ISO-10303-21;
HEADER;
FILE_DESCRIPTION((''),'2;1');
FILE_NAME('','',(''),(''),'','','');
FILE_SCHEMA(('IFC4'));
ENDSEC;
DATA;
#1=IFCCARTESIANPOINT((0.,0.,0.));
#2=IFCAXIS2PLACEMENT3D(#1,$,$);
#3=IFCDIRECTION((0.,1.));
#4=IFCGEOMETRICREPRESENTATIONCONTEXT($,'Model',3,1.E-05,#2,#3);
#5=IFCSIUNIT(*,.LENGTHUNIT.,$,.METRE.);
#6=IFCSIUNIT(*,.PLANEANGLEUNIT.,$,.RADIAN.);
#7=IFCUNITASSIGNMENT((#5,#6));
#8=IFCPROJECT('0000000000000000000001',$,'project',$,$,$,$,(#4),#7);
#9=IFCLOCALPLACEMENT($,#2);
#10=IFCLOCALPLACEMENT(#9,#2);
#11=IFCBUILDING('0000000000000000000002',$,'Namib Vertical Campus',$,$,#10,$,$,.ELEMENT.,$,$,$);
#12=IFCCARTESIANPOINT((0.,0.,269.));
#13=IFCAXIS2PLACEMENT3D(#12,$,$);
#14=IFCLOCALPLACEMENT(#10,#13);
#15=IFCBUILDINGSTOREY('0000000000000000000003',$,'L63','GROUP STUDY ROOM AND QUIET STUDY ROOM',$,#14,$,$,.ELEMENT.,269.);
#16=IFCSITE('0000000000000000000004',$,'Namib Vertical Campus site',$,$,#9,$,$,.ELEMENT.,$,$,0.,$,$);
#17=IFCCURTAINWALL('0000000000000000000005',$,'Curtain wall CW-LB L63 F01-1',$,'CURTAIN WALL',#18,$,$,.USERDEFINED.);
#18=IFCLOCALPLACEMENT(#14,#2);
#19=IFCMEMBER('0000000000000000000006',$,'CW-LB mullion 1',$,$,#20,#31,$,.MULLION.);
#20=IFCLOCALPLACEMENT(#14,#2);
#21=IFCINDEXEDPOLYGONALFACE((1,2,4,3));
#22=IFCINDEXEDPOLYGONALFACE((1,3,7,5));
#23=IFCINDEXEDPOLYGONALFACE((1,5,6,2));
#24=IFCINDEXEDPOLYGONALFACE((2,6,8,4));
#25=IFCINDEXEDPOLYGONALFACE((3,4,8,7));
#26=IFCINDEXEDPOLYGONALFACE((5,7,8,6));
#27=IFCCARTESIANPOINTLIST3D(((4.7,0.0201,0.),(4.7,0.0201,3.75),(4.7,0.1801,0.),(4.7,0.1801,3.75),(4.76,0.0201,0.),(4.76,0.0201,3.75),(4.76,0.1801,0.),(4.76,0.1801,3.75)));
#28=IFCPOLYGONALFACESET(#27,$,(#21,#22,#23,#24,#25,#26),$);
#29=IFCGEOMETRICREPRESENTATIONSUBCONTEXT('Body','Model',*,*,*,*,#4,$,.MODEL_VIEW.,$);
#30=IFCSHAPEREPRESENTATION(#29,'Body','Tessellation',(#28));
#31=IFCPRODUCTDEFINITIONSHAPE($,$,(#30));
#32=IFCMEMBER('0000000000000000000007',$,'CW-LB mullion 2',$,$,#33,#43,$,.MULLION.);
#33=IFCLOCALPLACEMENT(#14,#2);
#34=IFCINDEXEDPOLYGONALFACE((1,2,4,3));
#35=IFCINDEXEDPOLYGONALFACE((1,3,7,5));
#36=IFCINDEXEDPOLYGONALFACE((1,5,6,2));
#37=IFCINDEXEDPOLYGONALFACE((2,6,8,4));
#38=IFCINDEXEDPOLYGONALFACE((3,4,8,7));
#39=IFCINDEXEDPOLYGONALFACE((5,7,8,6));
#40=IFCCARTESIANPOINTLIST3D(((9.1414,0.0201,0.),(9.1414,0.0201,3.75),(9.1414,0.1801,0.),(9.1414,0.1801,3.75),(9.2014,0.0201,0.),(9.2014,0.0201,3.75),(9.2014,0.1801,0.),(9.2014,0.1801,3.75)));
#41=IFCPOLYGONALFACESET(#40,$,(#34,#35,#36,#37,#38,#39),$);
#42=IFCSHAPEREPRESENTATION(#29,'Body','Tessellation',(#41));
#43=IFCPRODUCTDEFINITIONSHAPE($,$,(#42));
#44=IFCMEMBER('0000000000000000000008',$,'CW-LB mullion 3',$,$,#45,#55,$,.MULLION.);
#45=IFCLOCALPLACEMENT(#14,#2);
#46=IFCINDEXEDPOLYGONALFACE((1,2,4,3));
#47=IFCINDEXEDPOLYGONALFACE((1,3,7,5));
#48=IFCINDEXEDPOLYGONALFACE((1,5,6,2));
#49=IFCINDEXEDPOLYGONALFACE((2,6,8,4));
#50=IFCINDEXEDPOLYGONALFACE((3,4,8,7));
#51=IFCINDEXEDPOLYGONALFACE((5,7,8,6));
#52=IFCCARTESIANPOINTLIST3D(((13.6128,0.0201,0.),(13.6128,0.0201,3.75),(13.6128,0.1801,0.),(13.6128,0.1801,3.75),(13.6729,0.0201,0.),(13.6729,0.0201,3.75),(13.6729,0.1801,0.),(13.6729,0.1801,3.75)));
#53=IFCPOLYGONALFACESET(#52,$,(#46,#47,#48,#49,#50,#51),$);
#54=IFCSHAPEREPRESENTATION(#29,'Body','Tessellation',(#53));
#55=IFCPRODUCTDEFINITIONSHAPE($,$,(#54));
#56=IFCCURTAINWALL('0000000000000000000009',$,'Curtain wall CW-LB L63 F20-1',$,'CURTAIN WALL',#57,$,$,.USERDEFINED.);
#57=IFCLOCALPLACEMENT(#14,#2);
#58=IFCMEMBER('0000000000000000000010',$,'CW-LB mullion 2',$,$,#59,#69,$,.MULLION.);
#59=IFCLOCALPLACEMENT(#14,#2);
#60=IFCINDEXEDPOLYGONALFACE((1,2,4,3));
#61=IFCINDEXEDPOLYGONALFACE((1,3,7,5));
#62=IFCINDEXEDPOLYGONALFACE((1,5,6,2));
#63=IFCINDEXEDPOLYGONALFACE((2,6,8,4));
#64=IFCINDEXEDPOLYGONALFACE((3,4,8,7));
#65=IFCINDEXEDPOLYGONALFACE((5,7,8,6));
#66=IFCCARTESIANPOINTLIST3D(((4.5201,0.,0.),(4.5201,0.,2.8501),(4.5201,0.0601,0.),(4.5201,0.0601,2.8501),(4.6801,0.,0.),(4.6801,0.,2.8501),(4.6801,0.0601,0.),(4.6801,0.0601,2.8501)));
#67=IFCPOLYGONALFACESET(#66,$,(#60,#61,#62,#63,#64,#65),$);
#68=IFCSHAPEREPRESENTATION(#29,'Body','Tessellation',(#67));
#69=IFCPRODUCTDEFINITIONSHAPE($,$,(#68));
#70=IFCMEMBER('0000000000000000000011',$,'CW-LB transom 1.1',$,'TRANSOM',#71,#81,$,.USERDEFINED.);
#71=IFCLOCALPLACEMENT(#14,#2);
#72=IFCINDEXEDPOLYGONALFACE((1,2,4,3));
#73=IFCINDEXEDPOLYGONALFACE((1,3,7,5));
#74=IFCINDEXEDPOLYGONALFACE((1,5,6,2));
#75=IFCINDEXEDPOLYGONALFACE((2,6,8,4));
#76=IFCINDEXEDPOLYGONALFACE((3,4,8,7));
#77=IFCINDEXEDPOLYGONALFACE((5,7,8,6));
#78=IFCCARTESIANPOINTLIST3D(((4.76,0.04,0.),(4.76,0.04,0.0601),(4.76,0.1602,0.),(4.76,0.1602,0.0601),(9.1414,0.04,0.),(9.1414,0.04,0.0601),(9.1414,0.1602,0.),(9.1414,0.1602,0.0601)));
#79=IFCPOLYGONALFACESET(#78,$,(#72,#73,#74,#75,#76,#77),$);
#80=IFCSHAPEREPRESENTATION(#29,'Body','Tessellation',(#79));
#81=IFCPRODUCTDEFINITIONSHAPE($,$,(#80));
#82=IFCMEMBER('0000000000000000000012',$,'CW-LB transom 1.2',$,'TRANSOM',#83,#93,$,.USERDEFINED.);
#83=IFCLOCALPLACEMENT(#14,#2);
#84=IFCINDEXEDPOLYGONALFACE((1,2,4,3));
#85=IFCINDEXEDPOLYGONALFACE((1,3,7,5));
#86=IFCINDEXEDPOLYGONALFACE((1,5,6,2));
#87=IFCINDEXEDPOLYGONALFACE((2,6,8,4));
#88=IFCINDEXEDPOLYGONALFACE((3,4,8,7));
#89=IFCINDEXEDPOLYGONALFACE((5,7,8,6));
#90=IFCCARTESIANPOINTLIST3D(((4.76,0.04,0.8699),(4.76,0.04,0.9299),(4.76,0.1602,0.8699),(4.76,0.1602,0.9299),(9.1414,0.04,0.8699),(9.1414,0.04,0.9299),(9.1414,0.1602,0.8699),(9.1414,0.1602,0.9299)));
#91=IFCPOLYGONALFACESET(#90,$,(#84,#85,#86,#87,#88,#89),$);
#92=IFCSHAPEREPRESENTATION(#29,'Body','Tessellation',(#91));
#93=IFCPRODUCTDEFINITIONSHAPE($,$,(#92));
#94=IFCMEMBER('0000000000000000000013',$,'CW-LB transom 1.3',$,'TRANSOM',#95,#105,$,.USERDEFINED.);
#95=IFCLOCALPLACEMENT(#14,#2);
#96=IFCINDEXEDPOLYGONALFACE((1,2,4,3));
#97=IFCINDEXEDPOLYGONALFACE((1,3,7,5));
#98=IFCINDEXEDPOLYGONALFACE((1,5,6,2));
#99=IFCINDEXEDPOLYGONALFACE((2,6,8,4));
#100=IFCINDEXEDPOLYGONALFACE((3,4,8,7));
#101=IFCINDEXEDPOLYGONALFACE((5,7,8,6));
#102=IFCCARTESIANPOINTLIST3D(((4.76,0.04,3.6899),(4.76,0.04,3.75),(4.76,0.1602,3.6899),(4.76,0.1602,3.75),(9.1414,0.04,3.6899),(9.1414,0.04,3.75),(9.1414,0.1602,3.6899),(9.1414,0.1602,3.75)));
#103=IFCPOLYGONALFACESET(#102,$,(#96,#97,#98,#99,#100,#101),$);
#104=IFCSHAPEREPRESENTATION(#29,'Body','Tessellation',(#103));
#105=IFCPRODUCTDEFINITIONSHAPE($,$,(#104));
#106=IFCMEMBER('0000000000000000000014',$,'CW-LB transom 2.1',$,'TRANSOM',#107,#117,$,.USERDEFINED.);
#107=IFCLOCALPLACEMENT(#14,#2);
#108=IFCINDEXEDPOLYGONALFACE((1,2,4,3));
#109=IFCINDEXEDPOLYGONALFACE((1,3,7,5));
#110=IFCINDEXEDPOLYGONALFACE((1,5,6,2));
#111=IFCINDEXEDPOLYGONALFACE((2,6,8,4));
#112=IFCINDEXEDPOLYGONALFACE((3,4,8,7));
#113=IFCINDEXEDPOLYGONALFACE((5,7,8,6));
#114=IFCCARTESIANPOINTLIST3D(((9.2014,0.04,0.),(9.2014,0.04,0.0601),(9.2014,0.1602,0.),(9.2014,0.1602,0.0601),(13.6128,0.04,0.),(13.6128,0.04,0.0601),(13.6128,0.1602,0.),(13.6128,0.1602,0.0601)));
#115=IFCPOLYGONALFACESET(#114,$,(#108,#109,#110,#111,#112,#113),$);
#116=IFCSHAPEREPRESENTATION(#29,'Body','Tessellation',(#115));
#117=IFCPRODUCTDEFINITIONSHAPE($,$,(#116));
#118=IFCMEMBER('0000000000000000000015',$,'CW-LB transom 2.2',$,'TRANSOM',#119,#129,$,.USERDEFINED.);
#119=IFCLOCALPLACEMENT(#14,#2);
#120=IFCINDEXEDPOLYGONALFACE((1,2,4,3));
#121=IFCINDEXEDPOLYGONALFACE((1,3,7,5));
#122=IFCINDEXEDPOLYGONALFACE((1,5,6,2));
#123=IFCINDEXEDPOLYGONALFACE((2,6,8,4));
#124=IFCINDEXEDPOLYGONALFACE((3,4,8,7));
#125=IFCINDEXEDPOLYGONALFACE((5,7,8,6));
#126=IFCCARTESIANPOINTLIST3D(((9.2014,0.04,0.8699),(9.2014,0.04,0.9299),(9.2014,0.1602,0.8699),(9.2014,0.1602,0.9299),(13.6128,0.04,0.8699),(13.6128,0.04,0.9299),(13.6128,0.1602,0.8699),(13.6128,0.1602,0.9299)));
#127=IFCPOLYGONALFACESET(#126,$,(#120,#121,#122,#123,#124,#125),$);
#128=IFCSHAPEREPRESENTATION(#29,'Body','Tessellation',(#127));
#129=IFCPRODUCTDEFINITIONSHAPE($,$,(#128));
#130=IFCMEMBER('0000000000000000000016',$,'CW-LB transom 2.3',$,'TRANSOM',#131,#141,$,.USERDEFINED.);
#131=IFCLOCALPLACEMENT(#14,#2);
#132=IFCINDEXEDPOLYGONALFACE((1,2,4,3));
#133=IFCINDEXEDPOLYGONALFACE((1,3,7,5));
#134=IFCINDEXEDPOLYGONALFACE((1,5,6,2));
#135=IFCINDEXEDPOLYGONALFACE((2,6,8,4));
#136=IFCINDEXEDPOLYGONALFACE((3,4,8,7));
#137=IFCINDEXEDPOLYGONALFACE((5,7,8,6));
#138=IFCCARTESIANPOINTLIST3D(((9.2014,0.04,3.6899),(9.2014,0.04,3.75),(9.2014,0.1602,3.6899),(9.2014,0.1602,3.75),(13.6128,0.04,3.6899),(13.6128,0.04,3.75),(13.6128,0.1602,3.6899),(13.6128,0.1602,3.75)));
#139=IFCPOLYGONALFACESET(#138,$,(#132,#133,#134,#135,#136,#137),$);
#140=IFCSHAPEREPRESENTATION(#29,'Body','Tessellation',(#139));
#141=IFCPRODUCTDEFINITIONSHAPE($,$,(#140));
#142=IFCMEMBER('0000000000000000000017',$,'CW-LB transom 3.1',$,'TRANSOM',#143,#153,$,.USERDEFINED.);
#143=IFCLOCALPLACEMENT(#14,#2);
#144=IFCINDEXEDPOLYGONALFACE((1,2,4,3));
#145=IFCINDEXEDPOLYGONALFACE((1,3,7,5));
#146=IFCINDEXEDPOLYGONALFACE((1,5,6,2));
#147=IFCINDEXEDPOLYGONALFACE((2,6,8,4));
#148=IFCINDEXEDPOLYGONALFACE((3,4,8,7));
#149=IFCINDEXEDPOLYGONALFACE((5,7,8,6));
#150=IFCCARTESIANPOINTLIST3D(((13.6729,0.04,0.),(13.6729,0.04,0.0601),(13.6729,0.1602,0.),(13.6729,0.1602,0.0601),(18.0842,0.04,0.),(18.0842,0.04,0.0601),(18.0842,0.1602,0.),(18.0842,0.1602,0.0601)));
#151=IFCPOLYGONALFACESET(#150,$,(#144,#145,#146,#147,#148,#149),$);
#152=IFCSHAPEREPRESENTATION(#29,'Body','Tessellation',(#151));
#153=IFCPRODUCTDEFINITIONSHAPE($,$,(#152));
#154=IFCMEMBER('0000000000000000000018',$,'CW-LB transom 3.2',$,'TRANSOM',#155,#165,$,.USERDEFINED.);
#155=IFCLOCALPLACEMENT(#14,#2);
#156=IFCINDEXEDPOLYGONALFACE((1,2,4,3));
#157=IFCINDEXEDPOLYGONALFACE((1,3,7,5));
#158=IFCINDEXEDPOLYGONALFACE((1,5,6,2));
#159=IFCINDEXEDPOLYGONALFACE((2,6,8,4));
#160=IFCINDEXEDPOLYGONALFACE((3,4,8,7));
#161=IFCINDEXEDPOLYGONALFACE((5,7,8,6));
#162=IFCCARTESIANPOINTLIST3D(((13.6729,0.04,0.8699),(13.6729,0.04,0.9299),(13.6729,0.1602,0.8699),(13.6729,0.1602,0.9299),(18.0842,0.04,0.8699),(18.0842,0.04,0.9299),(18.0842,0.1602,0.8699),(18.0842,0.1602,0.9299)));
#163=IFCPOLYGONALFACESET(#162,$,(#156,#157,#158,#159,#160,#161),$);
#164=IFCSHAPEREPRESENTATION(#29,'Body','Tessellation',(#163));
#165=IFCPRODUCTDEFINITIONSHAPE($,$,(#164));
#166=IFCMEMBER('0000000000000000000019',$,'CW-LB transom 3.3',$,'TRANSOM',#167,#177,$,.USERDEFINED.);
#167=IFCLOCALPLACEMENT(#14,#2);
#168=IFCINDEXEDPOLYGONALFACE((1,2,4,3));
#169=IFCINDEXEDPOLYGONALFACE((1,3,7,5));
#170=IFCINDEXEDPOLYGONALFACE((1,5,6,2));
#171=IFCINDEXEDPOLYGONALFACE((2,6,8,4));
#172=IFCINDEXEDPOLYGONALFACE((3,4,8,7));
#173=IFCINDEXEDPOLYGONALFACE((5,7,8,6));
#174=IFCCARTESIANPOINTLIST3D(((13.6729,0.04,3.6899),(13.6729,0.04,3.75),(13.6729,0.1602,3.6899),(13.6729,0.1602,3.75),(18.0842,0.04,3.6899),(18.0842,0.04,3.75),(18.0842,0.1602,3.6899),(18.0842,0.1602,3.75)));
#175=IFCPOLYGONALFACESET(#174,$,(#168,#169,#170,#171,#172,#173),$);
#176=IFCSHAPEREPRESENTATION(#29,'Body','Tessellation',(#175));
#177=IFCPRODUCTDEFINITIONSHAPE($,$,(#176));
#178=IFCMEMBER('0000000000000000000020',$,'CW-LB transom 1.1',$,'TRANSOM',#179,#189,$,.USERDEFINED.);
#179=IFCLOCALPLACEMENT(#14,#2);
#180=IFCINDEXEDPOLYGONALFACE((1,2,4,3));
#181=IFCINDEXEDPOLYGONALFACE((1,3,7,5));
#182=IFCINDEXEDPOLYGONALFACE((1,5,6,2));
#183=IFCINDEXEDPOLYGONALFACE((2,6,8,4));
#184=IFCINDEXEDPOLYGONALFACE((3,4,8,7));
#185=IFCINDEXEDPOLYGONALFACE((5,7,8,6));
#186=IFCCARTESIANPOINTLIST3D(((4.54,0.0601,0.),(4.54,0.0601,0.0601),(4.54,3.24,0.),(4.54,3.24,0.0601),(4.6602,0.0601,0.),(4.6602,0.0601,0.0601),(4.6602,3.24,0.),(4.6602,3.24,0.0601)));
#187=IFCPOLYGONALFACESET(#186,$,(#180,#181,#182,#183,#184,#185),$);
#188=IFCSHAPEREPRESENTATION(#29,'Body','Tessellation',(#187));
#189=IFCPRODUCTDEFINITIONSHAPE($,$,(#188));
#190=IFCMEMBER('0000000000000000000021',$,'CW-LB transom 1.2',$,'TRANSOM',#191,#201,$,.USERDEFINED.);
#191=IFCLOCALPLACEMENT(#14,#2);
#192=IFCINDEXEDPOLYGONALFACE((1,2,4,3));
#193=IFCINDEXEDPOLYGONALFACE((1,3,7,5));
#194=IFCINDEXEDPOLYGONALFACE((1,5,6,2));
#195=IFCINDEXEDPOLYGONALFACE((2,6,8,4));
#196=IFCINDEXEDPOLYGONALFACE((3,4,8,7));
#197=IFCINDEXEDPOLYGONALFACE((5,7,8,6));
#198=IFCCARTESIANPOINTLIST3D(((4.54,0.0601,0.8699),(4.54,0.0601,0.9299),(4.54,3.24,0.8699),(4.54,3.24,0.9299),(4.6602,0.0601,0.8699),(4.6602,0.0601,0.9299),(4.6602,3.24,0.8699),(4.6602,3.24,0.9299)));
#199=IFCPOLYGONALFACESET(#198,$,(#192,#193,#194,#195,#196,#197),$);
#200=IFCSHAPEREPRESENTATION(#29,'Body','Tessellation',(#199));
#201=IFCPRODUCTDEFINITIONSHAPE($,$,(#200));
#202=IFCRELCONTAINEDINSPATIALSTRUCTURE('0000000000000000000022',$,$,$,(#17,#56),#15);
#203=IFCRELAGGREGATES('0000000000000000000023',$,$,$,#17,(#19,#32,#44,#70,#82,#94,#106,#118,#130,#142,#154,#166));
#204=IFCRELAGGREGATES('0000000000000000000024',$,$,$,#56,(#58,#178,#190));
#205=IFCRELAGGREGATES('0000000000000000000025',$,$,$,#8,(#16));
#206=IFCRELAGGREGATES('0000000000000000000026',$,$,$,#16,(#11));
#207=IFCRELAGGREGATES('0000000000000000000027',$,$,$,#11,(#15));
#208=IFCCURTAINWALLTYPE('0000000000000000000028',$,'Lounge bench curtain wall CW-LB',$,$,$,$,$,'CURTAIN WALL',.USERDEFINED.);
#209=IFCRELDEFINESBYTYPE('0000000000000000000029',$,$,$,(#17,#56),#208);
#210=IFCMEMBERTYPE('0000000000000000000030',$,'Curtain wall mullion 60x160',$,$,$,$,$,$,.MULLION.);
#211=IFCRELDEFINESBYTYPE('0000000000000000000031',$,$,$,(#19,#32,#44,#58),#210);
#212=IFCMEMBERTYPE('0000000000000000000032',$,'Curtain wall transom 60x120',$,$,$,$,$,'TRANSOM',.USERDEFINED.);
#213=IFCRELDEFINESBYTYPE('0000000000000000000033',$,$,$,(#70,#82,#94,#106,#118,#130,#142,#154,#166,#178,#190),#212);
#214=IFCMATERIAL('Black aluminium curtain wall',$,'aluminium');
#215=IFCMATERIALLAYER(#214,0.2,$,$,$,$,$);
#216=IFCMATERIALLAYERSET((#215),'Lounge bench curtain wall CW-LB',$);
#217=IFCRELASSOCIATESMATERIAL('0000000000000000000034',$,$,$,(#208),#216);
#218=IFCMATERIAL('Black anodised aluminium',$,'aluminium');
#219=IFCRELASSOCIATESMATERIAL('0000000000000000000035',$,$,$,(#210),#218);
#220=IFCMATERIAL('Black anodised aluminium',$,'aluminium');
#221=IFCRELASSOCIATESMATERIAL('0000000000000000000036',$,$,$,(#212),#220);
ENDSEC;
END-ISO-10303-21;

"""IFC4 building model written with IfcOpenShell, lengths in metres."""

from ifc_helpers import new_model, si_unit, direction, frame, origin, origin_2d, place, context, subcontext, project, spatial, rectangle, extrude, material, layer, layer_set, material_profile, profile_set, type_object, element, aggregate, save


model = new_model("IFC4")

# Units and contexts
model_context = context("Model", 3, precision=1e-05, world=origin(), true_north=direction((0.0, 1.0)))
body_context = subcontext(model_context, "Body", "Model", "MODEL_VIEW")
ifc_project = project(units=[si_unit("LENGTHUNIT", "METRE"), si_unit("PLANEANGLEUNIT", "RADIAN")], contexts=[model_context])

# Site, building, storey
site_placement = place(None, origin())
site = spatial("IfcSite", under=ifc_project, at=site_placement, Name="Namib Vertical Campus site", CompositionType="ELEMENT", RefElevation=0.0)
building_placement = place(site_placement, origin())
building = spatial("IfcBuilding", under=site, at=building_placement, Name="Namib Vertical Campus", CompositionType="ELEMENT")
storey_placement = place(building_placement, frame((0.0, 0.0, 269.0)))
storey = spatial("IfcBuildingStorey", under=building, at=storey_placement, Name="L63", Description="GROUP STUDY ROOM AND QUIET STUDY ROOM", CompositionType="ELEMENT", Elevation=269.0)

# Curtain wall, members
ifc_material_1 = material(Name="Black aluminium curtain wall", Category="aluminium")
ifc_layer_1 = layer(ifc_material_1, 0.2)
ifc_layer_set_1 = layer_set([ifc_layer_1], Name="Lounge bench curtain wall CW-LB")
curtain_wall_type = type_object("IfcCurtainWallType", Name="Lounge bench curtain wall CW-LB", ElementType="CURTAIN WALL", PredefinedType="USERDEFINED", material=ifc_layer_set_1)
curtain_wall_1_placement = place(storey_placement, origin())
curtain_wall_1 = element("IfcCurtainWall", 1, at=curtain_wall_1_placement, inside=storey, type_object=curtain_wall_type, Name="Curtain wall CW-LB L63 F01-1", ObjectType="CURTAIN WALL", PredefinedType="USERDEFINED")
ifc_material_2 = material(Name="Black anodised aluminium", Category="aluminium")
ifc_material_profile_1 = material_profile(ifc_material_2, rectangle(XDim=0.0601, YDim=0.1599, at=origin_2d()))
ifc_profile_set_1 = profile_set([ifc_material_profile_1], Name="Black anodised aluminium")
member_type_1 = type_object("IfcMemberType", Name="Curtain wall mullion 60x160", PredefinedType="MULLION", material=ifc_profile_set_1)
member_1_placement = place(storey_placement, frame((4.73, 0.1001, 0.0), z_axis=(0.0, 0.0, 1.0), x_axis=(1.0, 0.0, 0.0)))
member_1 = element("IfcMember", 2, at=member_1_placement, type_object=member_type_1, Name="CW-LB mullion 1", PredefinedType="MULLION", context=body_context, shape_type="SweptSolid", body=[
    extrude(rectangle(XDim=0.0601, YDim=0.1599, at=origin_2d()), origin(), (0.0, 0.0, 1.0), 3.75),
])
member_2_placement = place(storey_placement, frame((9.1714, 0.1001, 0.0), z_axis=(0.0, 0.0, 1.0), x_axis=(1.0, 0.0, 0.0)))
member_2 = element("IfcMember", 3, at=member_2_placement, type_object=member_type_1, Name="CW-LB mullion 2", PredefinedType="MULLION", context=body_context, shape_type="SweptSolid", body=[
    extrude(rectangle(XDim=0.0601, YDim=0.1599, at=origin_2d()), origin(), (0.0, 0.0, 1.0), 3.75),
])
member_3_placement = place(storey_placement, frame((13.6428, 0.1001, 0.0), z_axis=(0.0, 0.0, 1.0), x_axis=(1.0, 0.0, 0.0)))
member_3 = element("IfcMember", 4, at=member_3_placement, type_object=member_type_1, Name="CW-LB mullion 3", PredefinedType="MULLION", context=body_context, shape_type="SweptSolid", body=[
    extrude(rectangle(XDim=0.0601, YDim=0.1599, at=origin_2d()), origin(), (0.0, 0.0, 1.0), 3.75),
])

# Curtain wall, member
curtain_wall_2_placement = place(storey_placement, origin())
curtain_wall_2 = element("IfcCurtainWall", 5, at=curtain_wall_2_placement, inside=storey, type_object=curtain_wall_type, Name="Curtain wall CW-LB L63 F20-1", ObjectType="CURTAIN WALL", PredefinedType="USERDEFINED")
member_4_placement = place(storey_placement, frame((4.6001, 0.03, 0.0), z_axis=(0.0, 0.0, 1.0), x_axis=(0.0, -1.0, 0.0)))
member_4 = element("IfcMember", 6, at=member_4_placement, type_object=member_type_1, Name="CW-LB mullion 2", PredefinedType="MULLION", context=body_context, shape_type="SweptSolid", body=[
    extrude(rectangle(XDim=0.0601, YDim=0.1599, at=origin_2d()), origin(), (0.0, 0.0, 1.0), 2.8501),
])

# Members
ifc_material_3 = material(Name="Black anodised aluminium", Category="aluminium")
ifc_material_profile_2 = material_profile(ifc_material_3, rectangle(XDim=0.0601, YDim=0.1201, at=origin_2d()))
ifc_profile_set_2 = profile_set([ifc_material_profile_2], Name="Black anodised aluminium")
member_type_2 = type_object("IfcMemberType", Name="Curtain wall transom 60x120", ElementType="TRANSOM", PredefinedType="USERDEFINED", material=ifc_profile_set_2)
member_5_placement = place(storey_placement, frame((4.76, 0.1001, 0.03), z_axis=(1.0, 0.0, 0.0), x_axis=(0.0, 0.0, 1.0)))
member_5 = element("IfcMember", 7, at=member_5_placement, type_object=member_type_2, Name="CW-LB transom 1.1", ObjectType="TRANSOM", PredefinedType="USERDEFINED", context=body_context, shape_type="SweptSolid", body=[
    extrude(rectangle(XDim=0.0601, YDim=0.1201, at=origin_2d()), origin(), (0.0, 0.0, 1.0), 4.3813),
])
member_6_placement = place(storey_placement, frame((4.76, 0.1001, 0.8999), z_axis=(1.0, 0.0, 0.0), x_axis=(0.0, 0.0, 1.0)))
member_6 = element("IfcMember", 8, at=member_6_placement, type_object=member_type_2, Name="CW-LB transom 1.2", ObjectType="TRANSOM", PredefinedType="USERDEFINED", context=body_context, shape_type="SweptSolid", body=[
    extrude(rectangle(XDim=0.0601, YDim=0.1201, at=origin_2d()), origin(), (0.0, 0.0, 1.0), 4.3813),
])
member_7_placement = place(storey_placement, frame((4.76, 0.1001, 3.72), z_axis=(1.0, 0.0, 0.0), x_axis=(0.0, 0.0, 1.0)))
member_7 = element("IfcMember", 9, at=member_7_placement, type_object=member_type_2, Name="CW-LB transom 1.3", ObjectType="TRANSOM", PredefinedType="USERDEFINED", context=body_context, shape_type="SweptSolid", body=[
    extrude(rectangle(XDim=0.0601, YDim=0.1201, at=origin_2d()), origin(), (0.0, 0.0, 1.0), 4.3813),
])
member_8_placement = place(storey_placement, frame((9.2014, 0.1001, 0.03), z_axis=(1.0, 0.0, 0.0), x_axis=(0.0, 0.0, 1.0)))
member_8 = element("IfcMember", 10, at=member_8_placement, type_object=member_type_2, Name="CW-LB transom 2.1", ObjectType="TRANSOM", PredefinedType="USERDEFINED", context=body_context, shape_type="SweptSolid", body=[
    extrude(rectangle(XDim=0.0601, YDim=0.1201, at=origin_2d()), origin(), (0.0, 0.0, 1.0), 4.4114),
])
member_9_placement = place(storey_placement, frame((9.2014, 0.1001, 0.8999), z_axis=(1.0, 0.0, 0.0), x_axis=(0.0, 0.0, 1.0)))
member_9 = element("IfcMember", 11, at=member_9_placement, type_object=member_type_2, Name="CW-LB transom 2.2", ObjectType="TRANSOM", PredefinedType="USERDEFINED", context=body_context, shape_type="SweptSolid", body=[
    extrude(rectangle(XDim=0.0601, YDim=0.1201, at=origin_2d()), origin(), (0.0, 0.0, 1.0), 4.4114),
])
member_10_placement = place(storey_placement, frame((9.2014, 0.1001, 3.72), z_axis=(1.0, 0.0, 0.0), x_axis=(0.0, 0.0, 1.0)))
member_10 = element("IfcMember", 12, at=member_10_placement, type_object=member_type_2, Name="CW-LB transom 2.3", ObjectType="TRANSOM", PredefinedType="USERDEFINED", context=body_context, shape_type="SweptSolid", body=[
    extrude(rectangle(XDim=0.0601, YDim=0.1201, at=origin_2d()), origin(), (0.0, 0.0, 1.0), 4.4114),
])
member_11_placement = place(storey_placement, frame((13.6729, 0.1001, 0.03), z_axis=(1.0, 0.0, 0.0), x_axis=(0.0, 0.0, 1.0)))
member_11 = element("IfcMember", 13, at=member_11_placement, type_object=member_type_2, Name="CW-LB transom 3.1", ObjectType="TRANSOM", PredefinedType="USERDEFINED", context=body_context, shape_type="SweptSolid", body=[
    extrude(rectangle(XDim=0.0601, YDim=0.1201, at=origin_2d()), origin(), (0.0, 0.0, 1.0), 4.4114),
])
member_12_placement = place(storey_placement, frame((13.6729, 0.1001, 0.8999), z_axis=(1.0, 0.0, 0.0), x_axis=(0.0, 0.0, 1.0)))
member_12 = element("IfcMember", 14, at=member_12_placement, type_object=member_type_2, Name="CW-LB transom 3.2", ObjectType="TRANSOM", PredefinedType="USERDEFINED", context=body_context, shape_type="SweptSolid", body=[
    extrude(rectangle(XDim=0.0601, YDim=0.1201, at=origin_2d()), origin(), (0.0, 0.0, 1.0), 4.4114),
])
member_13_placement = place(storey_placement, frame((13.6729, 0.1001, 3.72), z_axis=(1.0, 0.0, 0.0), x_axis=(0.0, 0.0, 1.0)))
member_13 = element("IfcMember", 15, at=member_13_placement, type_object=member_type_2, Name="CW-LB transom 3.3", ObjectType="TRANSOM", PredefinedType="USERDEFINED", context=body_context, shape_type="SweptSolid", body=[
    extrude(rectangle(XDim=0.0601, YDim=0.1201, at=origin_2d()), origin(), (0.0, 0.0, 1.0), 4.4114),
])
member_14_placement = place(storey_placement, frame((4.6001, 3.24, 0.03), z_axis=(0.0, -1.0, 0.0), x_axis=(0.0, 0.0, 1.0)))
member_14 = element("IfcMember", 16, at=member_14_placement, type_object=member_type_2, Name="CW-LB transom 1.1", ObjectType="TRANSOM", PredefinedType="USERDEFINED", context=body_context, shape_type="SweptSolid", body=[
    extrude(rectangle(XDim=0.0601, YDim=0.1201, at=origin_2d()), origin(), (0.0, 0.0, 1.0), 3.1799),
])
member_15_placement = place(storey_placement, frame((4.6001, 3.24, 0.8999), z_axis=(0.0, -1.0, 0.0), x_axis=(0.0, 0.0, 1.0)))
member_15 = element("IfcMember", 17, at=member_15_placement, type_object=member_type_2, Name="CW-LB transom 1.2", ObjectType="TRANSOM", PredefinedType="USERDEFINED", context=body_context, shape_type="SweptSolid", body=[
    extrude(rectangle(XDim=0.0601, YDim=0.1201, at=origin_2d()), origin(), (0.0, 0.0, 1.0), 3.1799),
])

aggregate(curtain_wall_1, [member_1, member_2, member_3, member_5, member_6, member_7, member_8, member_9, member_10, member_11, member_12, member_13])
aggregate(curtain_wall_2, [member_4, member_14, member_15])

save(model, "model.ifc")
